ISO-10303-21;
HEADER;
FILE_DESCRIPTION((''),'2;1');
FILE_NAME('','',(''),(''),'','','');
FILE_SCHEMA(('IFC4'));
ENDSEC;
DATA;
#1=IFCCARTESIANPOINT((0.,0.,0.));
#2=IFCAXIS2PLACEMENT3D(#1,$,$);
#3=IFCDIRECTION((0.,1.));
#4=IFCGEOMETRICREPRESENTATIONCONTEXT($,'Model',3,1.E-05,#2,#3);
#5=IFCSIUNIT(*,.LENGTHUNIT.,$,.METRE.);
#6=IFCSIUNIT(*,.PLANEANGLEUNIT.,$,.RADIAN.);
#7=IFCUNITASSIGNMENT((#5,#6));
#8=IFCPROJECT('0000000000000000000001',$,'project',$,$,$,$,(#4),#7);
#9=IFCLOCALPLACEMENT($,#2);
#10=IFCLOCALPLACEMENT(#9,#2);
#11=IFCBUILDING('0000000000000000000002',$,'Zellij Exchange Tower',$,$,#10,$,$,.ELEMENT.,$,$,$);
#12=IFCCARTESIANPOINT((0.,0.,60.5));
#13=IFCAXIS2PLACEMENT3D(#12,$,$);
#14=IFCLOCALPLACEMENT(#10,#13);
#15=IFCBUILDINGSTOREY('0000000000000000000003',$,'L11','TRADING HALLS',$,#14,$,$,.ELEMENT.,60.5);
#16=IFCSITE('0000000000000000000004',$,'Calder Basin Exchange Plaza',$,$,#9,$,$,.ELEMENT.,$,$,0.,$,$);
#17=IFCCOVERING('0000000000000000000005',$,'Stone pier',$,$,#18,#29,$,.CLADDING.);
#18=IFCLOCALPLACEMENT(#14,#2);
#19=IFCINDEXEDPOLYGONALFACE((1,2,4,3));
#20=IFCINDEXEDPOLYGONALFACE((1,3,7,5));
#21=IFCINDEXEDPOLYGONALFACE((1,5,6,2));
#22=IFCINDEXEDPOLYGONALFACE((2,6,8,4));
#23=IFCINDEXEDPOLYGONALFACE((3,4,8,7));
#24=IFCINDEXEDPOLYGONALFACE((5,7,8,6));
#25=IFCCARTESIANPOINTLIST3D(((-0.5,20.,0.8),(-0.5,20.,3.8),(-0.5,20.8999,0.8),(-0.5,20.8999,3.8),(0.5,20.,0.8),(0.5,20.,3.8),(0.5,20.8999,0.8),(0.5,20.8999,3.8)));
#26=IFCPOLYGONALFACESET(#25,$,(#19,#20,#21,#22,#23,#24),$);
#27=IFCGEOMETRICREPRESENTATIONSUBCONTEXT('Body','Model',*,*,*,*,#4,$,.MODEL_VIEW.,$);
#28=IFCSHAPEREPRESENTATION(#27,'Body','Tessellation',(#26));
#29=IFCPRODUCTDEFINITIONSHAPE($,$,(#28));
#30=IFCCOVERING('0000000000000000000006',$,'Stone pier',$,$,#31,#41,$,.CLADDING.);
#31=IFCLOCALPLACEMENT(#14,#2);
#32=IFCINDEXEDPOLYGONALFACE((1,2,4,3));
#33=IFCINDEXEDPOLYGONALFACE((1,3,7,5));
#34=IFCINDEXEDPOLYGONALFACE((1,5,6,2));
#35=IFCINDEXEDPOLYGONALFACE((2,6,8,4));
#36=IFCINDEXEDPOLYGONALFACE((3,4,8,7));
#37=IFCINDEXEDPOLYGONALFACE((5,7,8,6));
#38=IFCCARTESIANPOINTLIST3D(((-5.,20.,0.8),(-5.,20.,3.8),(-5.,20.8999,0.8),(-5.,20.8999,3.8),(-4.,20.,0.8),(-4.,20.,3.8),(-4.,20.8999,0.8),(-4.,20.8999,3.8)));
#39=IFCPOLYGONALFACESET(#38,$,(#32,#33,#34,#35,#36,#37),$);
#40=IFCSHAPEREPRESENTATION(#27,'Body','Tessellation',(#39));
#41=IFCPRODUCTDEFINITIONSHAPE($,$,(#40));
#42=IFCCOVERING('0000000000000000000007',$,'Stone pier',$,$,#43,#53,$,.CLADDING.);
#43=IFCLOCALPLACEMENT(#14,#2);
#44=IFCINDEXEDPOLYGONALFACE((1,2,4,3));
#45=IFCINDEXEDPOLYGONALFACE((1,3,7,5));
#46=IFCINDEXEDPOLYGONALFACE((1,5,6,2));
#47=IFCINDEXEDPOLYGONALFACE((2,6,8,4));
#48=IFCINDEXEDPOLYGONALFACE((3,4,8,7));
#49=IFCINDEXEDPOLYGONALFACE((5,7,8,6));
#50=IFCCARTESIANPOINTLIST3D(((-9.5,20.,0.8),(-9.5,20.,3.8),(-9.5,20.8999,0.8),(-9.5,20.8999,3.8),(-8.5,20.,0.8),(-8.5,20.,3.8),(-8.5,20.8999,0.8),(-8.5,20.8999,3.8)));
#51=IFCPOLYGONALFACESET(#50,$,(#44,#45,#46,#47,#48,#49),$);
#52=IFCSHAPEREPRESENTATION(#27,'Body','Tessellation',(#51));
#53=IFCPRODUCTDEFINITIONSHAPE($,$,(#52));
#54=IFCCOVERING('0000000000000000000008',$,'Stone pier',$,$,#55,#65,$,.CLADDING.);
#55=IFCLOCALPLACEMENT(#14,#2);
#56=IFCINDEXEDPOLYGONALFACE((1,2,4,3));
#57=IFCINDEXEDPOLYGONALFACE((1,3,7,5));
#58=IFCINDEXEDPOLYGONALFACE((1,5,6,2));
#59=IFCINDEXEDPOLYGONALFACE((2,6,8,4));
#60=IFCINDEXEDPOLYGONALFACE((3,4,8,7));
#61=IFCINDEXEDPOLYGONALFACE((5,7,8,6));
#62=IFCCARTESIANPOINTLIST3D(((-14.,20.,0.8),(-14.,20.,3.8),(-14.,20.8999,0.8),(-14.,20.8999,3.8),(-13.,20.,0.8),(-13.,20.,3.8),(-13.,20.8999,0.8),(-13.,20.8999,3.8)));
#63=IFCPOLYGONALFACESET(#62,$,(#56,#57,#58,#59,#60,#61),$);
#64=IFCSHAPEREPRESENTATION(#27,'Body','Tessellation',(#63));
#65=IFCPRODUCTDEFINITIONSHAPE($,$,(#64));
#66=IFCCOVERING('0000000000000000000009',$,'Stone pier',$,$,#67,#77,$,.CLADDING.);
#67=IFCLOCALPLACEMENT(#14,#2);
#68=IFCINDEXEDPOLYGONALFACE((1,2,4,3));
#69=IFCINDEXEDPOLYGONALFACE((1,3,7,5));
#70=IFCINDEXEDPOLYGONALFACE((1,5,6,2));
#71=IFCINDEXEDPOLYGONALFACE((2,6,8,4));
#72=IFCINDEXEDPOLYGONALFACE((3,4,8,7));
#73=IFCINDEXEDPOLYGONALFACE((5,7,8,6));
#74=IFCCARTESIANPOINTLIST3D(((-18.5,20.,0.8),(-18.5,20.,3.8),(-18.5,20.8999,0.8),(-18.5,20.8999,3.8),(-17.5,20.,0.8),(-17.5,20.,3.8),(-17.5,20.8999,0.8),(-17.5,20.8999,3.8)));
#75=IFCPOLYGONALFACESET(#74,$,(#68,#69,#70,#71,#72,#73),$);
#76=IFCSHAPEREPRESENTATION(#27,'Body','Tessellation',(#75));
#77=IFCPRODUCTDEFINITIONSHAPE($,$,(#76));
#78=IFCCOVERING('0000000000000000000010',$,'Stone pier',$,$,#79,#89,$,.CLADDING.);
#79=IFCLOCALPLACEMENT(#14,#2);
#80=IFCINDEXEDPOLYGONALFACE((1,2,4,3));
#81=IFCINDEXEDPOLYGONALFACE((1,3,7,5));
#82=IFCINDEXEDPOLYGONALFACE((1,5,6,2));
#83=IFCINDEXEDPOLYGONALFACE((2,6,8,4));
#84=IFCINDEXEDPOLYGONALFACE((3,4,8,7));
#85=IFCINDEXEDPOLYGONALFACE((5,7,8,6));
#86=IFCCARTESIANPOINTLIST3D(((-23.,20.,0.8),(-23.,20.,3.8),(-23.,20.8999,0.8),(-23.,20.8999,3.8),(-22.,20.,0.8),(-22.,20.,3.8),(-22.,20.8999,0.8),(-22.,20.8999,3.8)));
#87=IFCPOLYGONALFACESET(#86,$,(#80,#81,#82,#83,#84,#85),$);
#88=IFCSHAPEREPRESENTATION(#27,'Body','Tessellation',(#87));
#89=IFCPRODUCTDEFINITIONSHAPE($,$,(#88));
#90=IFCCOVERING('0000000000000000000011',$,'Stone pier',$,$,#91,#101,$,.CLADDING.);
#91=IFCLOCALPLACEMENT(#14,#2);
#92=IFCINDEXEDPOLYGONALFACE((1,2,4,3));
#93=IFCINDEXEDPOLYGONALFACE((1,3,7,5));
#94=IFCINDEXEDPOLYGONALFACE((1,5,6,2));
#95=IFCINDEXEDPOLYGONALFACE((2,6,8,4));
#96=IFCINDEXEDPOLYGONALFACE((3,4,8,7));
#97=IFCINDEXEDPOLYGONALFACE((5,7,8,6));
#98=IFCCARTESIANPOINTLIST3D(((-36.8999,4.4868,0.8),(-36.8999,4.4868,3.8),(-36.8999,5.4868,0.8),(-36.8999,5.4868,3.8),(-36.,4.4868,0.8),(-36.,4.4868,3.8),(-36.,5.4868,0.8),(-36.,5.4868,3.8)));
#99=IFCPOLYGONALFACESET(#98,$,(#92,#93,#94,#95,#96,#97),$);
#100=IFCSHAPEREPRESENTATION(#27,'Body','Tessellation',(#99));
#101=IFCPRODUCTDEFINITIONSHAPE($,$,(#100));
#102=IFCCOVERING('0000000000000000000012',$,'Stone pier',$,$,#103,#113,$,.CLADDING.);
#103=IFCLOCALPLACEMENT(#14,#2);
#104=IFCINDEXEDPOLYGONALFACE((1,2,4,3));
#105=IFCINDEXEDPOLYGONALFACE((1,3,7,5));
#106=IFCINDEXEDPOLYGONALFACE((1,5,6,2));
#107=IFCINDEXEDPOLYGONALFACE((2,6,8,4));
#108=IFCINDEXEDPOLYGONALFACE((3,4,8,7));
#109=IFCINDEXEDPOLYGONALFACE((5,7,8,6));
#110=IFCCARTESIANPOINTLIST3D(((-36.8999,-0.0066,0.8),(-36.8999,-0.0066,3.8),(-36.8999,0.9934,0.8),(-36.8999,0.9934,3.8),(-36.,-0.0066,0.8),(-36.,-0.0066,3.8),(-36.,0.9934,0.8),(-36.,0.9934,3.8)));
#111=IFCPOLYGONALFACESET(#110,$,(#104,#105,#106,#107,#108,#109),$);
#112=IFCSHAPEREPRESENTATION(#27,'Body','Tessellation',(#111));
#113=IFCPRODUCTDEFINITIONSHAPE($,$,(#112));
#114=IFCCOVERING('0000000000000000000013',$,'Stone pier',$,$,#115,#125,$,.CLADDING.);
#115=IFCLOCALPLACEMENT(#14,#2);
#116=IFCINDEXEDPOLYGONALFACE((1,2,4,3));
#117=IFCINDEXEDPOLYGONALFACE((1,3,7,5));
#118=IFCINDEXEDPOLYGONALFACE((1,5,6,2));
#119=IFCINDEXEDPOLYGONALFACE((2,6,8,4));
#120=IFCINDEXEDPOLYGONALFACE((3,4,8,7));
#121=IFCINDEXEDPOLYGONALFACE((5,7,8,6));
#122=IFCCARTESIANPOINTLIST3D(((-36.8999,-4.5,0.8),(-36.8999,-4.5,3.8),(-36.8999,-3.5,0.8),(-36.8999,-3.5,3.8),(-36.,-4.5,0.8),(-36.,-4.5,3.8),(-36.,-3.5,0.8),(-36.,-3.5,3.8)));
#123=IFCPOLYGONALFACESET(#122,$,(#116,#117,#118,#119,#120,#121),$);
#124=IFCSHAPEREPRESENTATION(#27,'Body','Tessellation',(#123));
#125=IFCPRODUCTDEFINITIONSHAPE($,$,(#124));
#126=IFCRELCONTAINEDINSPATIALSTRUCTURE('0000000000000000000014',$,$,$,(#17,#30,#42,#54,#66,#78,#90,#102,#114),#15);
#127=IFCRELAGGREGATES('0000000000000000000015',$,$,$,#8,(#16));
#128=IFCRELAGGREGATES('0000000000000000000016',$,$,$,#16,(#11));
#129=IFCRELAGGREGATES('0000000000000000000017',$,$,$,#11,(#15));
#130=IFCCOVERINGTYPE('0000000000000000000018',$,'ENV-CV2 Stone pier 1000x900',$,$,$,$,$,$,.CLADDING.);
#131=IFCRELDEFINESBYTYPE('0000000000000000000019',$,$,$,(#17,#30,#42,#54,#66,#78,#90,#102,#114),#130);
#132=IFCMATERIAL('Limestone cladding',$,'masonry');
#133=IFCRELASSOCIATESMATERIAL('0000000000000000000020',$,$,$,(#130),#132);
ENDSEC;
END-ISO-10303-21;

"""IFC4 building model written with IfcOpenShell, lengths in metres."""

from ifc_helpers import new_model, si_unit, direction, frame, origin, place, context, subcontext, project, spatial, polyline, outline, extrude, material, type_object, element, save


model = new_model("IFC4")

# Units and contexts
model_context = context("Model", 3, precision=1e-05, world=origin(), true_north=direction((0.0, 1.0)))
body_context = subcontext(model_context, "Body", "Model", "MODEL_VIEW")
ifc_project = project(units=[si_unit("LENGTHUNIT", "METRE"), si_unit("PLANEANGLEUNIT", "RADIAN")], contexts=[model_context])

# Site, building, storey
site_placement = place(None, origin())
site = spatial("IfcSite", under=ifc_project, at=site_placement, Name="Calder Basin Exchange Plaza", CompositionType="ELEMENT", RefElevation=0.0)
building_placement = place(site_placement, origin())
building = spatial("IfcBuilding", under=site, at=building_placement, Name="Zellij Exchange Tower", CompositionType="ELEMENT")
storey_placement = place(building_placement, frame((0.0, 0.0, 60.5)))
storey = spatial("IfcBuildingStorey", under=building, at=storey_placement, Name="L11", Description="TRADING HALLS", CompositionType="ELEMENT", Elevation=60.5)

# Coverings
ifc_material_1 = material(Name="Limestone cladding", Category="masonry")
covering_type = type_object("IfcCoveringType", Name="ENV-CV2 Stone pier 1000x900", PredefinedType="CLADDING", material=ifc_material_1)
covering_1_placement = place(storey_placement, frame((0.0, 0.0, 0.8)))
element("IfcCovering", 1, at=covering_1_placement, inside=storey, type_object=covering_type, Name="Stone pier", PredefinedType="CLADDING", context=body_context, shape_type="SweptSolid", body=[
    extrude(outline(polyline([(0.5, 20.0), (-0.5, 20.0), (-0.5, 20.8999), (0.5, 20.8999), (0.5, 20.0)])), origin(), (0.0, 0.0, 1.0), 3.0),
])
covering_2_placement = place(storey_placement, frame((0.0, 0.0, 0.8)))
element("IfcCovering", 2, at=covering_2_placement, inside=storey, type_object=covering_type, Name="Stone pier", PredefinedType="CLADDING", context=body_context, shape_type="SweptSolid", body=[
    extrude(outline(polyline([(-4.0, 20.0), (-5.0, 20.0), (-5.0, 20.8999), (-4.0, 20.8999), (-4.0, 20.0)])), origin(), (0.0, 0.0, 1.0), 3.0),
])
covering_3_placement = place(storey_placement, frame((0.0, 0.0, 0.8)))
element("IfcCovering", 3, at=covering_3_placement, inside=storey, type_object=covering_type, Name="Stone pier", PredefinedType="CLADDING", context=body_context, shape_type="SweptSolid", body=[
    extrude(outline(polyline([(-8.5, 20.0), (-9.5, 20.0), (-9.5, 20.8999), (-8.5, 20.8999), (-8.5, 20.0)])), origin(), (0.0, 0.0, 1.0), 3.0),
])
covering_4_placement = place(storey_placement, frame((0.0, 0.0, 0.8)))
element("IfcCovering", 4, at=covering_4_placement, inside=storey, type_object=covering_type, Name="Stone pier", PredefinedType="CLADDING", context=body_context, shape_type="SweptSolid", body=[
    extrude(outline(polyline([(-13.0, 20.0), (-14.0, 20.0), (-14.0, 20.8999), (-13.0, 20.8999), (-13.0, 20.0)])), origin(), (0.0, 0.0, 1.0), 3.0),
])
covering_5_placement = place(storey_placement, frame((0.0, 0.0, 0.8)))
element("IfcCovering", 5, at=covering_5_placement, inside=storey, type_object=covering_type, Name="Stone pier", PredefinedType="CLADDING", context=body_context, shape_type="SweptSolid", body=[
    extrude(outline(polyline([(-17.5, 20.0), (-18.5, 20.0), (-18.5, 20.8999), (-17.5, 20.8999), (-17.5, 20.0)])), origin(), (0.0, 0.0, 1.0), 3.0),
])
covering_6_placement = place(storey_placement, frame((0.0, 0.0, 0.8)))
element("IfcCovering", 6, at=covering_6_placement, inside=storey, type_object=covering_type, Name="Stone pier", PredefinedType="CLADDING", context=body_context, shape_type="SweptSolid", body=[
    extrude(outline(polyline([(-22.0, 20.0), (-23.0, 20.0), (-23.0, 20.8999), (-22.0, 20.8999), (-22.0, 20.0)])), origin(), (0.0, 0.0, 1.0), 3.0),
])
covering_7_placement = place(storey_placement, frame((0.0, 0.0, 0.8)))
element("IfcCovering", 7, at=covering_7_placement, inside=storey, type_object=covering_type, Name="Stone pier", PredefinedType="CLADDING", context=body_context, shape_type="SweptSolid", body=[
    extrude(outline(polyline([(-36.0, 5.4868), (-36.0, 4.4868), (-36.8999, 4.4868), (-36.8999, 5.4868), (-36.0, 5.4868)])), origin(), (0.0, 0.0, 1.0), 3.0),
])
covering_8_placement = place(storey_placement, frame((0.0, 0.0, 0.8)))
element("IfcCovering", 8, at=covering_8_placement, inside=storey, type_object=covering_type, Name="Stone pier", PredefinedType="CLADDING", context=body_context, shape_type="SweptSolid", body=[
    extrude(outline(polyline([(-36.0, 0.9934), (-36.0, -0.0066), (-36.8999, -0.0066), (-36.8999, 0.9934), (-36.0, 0.9934)])), origin(), (0.0, 0.0, 1.0), 3.0),
])
covering_9_placement = place(storey_placement, frame((0.0, 0.0, 0.8)))
element("IfcCovering", 9, at=covering_9_placement, inside=storey, type_object=covering_type, Name="Stone pier", PredefinedType="CLADDING", context=body_context, shape_type="SweptSolid", body=[
    extrude(outline(polyline([(-36.0, -3.5), (-36.0, -4.5), (-36.8999, -4.5), (-36.8999, -3.5), (-36.0, -3.5)])), origin(), (0.0, 0.0, 1.0), 3.0),
])

save(model, "model.ifc")
